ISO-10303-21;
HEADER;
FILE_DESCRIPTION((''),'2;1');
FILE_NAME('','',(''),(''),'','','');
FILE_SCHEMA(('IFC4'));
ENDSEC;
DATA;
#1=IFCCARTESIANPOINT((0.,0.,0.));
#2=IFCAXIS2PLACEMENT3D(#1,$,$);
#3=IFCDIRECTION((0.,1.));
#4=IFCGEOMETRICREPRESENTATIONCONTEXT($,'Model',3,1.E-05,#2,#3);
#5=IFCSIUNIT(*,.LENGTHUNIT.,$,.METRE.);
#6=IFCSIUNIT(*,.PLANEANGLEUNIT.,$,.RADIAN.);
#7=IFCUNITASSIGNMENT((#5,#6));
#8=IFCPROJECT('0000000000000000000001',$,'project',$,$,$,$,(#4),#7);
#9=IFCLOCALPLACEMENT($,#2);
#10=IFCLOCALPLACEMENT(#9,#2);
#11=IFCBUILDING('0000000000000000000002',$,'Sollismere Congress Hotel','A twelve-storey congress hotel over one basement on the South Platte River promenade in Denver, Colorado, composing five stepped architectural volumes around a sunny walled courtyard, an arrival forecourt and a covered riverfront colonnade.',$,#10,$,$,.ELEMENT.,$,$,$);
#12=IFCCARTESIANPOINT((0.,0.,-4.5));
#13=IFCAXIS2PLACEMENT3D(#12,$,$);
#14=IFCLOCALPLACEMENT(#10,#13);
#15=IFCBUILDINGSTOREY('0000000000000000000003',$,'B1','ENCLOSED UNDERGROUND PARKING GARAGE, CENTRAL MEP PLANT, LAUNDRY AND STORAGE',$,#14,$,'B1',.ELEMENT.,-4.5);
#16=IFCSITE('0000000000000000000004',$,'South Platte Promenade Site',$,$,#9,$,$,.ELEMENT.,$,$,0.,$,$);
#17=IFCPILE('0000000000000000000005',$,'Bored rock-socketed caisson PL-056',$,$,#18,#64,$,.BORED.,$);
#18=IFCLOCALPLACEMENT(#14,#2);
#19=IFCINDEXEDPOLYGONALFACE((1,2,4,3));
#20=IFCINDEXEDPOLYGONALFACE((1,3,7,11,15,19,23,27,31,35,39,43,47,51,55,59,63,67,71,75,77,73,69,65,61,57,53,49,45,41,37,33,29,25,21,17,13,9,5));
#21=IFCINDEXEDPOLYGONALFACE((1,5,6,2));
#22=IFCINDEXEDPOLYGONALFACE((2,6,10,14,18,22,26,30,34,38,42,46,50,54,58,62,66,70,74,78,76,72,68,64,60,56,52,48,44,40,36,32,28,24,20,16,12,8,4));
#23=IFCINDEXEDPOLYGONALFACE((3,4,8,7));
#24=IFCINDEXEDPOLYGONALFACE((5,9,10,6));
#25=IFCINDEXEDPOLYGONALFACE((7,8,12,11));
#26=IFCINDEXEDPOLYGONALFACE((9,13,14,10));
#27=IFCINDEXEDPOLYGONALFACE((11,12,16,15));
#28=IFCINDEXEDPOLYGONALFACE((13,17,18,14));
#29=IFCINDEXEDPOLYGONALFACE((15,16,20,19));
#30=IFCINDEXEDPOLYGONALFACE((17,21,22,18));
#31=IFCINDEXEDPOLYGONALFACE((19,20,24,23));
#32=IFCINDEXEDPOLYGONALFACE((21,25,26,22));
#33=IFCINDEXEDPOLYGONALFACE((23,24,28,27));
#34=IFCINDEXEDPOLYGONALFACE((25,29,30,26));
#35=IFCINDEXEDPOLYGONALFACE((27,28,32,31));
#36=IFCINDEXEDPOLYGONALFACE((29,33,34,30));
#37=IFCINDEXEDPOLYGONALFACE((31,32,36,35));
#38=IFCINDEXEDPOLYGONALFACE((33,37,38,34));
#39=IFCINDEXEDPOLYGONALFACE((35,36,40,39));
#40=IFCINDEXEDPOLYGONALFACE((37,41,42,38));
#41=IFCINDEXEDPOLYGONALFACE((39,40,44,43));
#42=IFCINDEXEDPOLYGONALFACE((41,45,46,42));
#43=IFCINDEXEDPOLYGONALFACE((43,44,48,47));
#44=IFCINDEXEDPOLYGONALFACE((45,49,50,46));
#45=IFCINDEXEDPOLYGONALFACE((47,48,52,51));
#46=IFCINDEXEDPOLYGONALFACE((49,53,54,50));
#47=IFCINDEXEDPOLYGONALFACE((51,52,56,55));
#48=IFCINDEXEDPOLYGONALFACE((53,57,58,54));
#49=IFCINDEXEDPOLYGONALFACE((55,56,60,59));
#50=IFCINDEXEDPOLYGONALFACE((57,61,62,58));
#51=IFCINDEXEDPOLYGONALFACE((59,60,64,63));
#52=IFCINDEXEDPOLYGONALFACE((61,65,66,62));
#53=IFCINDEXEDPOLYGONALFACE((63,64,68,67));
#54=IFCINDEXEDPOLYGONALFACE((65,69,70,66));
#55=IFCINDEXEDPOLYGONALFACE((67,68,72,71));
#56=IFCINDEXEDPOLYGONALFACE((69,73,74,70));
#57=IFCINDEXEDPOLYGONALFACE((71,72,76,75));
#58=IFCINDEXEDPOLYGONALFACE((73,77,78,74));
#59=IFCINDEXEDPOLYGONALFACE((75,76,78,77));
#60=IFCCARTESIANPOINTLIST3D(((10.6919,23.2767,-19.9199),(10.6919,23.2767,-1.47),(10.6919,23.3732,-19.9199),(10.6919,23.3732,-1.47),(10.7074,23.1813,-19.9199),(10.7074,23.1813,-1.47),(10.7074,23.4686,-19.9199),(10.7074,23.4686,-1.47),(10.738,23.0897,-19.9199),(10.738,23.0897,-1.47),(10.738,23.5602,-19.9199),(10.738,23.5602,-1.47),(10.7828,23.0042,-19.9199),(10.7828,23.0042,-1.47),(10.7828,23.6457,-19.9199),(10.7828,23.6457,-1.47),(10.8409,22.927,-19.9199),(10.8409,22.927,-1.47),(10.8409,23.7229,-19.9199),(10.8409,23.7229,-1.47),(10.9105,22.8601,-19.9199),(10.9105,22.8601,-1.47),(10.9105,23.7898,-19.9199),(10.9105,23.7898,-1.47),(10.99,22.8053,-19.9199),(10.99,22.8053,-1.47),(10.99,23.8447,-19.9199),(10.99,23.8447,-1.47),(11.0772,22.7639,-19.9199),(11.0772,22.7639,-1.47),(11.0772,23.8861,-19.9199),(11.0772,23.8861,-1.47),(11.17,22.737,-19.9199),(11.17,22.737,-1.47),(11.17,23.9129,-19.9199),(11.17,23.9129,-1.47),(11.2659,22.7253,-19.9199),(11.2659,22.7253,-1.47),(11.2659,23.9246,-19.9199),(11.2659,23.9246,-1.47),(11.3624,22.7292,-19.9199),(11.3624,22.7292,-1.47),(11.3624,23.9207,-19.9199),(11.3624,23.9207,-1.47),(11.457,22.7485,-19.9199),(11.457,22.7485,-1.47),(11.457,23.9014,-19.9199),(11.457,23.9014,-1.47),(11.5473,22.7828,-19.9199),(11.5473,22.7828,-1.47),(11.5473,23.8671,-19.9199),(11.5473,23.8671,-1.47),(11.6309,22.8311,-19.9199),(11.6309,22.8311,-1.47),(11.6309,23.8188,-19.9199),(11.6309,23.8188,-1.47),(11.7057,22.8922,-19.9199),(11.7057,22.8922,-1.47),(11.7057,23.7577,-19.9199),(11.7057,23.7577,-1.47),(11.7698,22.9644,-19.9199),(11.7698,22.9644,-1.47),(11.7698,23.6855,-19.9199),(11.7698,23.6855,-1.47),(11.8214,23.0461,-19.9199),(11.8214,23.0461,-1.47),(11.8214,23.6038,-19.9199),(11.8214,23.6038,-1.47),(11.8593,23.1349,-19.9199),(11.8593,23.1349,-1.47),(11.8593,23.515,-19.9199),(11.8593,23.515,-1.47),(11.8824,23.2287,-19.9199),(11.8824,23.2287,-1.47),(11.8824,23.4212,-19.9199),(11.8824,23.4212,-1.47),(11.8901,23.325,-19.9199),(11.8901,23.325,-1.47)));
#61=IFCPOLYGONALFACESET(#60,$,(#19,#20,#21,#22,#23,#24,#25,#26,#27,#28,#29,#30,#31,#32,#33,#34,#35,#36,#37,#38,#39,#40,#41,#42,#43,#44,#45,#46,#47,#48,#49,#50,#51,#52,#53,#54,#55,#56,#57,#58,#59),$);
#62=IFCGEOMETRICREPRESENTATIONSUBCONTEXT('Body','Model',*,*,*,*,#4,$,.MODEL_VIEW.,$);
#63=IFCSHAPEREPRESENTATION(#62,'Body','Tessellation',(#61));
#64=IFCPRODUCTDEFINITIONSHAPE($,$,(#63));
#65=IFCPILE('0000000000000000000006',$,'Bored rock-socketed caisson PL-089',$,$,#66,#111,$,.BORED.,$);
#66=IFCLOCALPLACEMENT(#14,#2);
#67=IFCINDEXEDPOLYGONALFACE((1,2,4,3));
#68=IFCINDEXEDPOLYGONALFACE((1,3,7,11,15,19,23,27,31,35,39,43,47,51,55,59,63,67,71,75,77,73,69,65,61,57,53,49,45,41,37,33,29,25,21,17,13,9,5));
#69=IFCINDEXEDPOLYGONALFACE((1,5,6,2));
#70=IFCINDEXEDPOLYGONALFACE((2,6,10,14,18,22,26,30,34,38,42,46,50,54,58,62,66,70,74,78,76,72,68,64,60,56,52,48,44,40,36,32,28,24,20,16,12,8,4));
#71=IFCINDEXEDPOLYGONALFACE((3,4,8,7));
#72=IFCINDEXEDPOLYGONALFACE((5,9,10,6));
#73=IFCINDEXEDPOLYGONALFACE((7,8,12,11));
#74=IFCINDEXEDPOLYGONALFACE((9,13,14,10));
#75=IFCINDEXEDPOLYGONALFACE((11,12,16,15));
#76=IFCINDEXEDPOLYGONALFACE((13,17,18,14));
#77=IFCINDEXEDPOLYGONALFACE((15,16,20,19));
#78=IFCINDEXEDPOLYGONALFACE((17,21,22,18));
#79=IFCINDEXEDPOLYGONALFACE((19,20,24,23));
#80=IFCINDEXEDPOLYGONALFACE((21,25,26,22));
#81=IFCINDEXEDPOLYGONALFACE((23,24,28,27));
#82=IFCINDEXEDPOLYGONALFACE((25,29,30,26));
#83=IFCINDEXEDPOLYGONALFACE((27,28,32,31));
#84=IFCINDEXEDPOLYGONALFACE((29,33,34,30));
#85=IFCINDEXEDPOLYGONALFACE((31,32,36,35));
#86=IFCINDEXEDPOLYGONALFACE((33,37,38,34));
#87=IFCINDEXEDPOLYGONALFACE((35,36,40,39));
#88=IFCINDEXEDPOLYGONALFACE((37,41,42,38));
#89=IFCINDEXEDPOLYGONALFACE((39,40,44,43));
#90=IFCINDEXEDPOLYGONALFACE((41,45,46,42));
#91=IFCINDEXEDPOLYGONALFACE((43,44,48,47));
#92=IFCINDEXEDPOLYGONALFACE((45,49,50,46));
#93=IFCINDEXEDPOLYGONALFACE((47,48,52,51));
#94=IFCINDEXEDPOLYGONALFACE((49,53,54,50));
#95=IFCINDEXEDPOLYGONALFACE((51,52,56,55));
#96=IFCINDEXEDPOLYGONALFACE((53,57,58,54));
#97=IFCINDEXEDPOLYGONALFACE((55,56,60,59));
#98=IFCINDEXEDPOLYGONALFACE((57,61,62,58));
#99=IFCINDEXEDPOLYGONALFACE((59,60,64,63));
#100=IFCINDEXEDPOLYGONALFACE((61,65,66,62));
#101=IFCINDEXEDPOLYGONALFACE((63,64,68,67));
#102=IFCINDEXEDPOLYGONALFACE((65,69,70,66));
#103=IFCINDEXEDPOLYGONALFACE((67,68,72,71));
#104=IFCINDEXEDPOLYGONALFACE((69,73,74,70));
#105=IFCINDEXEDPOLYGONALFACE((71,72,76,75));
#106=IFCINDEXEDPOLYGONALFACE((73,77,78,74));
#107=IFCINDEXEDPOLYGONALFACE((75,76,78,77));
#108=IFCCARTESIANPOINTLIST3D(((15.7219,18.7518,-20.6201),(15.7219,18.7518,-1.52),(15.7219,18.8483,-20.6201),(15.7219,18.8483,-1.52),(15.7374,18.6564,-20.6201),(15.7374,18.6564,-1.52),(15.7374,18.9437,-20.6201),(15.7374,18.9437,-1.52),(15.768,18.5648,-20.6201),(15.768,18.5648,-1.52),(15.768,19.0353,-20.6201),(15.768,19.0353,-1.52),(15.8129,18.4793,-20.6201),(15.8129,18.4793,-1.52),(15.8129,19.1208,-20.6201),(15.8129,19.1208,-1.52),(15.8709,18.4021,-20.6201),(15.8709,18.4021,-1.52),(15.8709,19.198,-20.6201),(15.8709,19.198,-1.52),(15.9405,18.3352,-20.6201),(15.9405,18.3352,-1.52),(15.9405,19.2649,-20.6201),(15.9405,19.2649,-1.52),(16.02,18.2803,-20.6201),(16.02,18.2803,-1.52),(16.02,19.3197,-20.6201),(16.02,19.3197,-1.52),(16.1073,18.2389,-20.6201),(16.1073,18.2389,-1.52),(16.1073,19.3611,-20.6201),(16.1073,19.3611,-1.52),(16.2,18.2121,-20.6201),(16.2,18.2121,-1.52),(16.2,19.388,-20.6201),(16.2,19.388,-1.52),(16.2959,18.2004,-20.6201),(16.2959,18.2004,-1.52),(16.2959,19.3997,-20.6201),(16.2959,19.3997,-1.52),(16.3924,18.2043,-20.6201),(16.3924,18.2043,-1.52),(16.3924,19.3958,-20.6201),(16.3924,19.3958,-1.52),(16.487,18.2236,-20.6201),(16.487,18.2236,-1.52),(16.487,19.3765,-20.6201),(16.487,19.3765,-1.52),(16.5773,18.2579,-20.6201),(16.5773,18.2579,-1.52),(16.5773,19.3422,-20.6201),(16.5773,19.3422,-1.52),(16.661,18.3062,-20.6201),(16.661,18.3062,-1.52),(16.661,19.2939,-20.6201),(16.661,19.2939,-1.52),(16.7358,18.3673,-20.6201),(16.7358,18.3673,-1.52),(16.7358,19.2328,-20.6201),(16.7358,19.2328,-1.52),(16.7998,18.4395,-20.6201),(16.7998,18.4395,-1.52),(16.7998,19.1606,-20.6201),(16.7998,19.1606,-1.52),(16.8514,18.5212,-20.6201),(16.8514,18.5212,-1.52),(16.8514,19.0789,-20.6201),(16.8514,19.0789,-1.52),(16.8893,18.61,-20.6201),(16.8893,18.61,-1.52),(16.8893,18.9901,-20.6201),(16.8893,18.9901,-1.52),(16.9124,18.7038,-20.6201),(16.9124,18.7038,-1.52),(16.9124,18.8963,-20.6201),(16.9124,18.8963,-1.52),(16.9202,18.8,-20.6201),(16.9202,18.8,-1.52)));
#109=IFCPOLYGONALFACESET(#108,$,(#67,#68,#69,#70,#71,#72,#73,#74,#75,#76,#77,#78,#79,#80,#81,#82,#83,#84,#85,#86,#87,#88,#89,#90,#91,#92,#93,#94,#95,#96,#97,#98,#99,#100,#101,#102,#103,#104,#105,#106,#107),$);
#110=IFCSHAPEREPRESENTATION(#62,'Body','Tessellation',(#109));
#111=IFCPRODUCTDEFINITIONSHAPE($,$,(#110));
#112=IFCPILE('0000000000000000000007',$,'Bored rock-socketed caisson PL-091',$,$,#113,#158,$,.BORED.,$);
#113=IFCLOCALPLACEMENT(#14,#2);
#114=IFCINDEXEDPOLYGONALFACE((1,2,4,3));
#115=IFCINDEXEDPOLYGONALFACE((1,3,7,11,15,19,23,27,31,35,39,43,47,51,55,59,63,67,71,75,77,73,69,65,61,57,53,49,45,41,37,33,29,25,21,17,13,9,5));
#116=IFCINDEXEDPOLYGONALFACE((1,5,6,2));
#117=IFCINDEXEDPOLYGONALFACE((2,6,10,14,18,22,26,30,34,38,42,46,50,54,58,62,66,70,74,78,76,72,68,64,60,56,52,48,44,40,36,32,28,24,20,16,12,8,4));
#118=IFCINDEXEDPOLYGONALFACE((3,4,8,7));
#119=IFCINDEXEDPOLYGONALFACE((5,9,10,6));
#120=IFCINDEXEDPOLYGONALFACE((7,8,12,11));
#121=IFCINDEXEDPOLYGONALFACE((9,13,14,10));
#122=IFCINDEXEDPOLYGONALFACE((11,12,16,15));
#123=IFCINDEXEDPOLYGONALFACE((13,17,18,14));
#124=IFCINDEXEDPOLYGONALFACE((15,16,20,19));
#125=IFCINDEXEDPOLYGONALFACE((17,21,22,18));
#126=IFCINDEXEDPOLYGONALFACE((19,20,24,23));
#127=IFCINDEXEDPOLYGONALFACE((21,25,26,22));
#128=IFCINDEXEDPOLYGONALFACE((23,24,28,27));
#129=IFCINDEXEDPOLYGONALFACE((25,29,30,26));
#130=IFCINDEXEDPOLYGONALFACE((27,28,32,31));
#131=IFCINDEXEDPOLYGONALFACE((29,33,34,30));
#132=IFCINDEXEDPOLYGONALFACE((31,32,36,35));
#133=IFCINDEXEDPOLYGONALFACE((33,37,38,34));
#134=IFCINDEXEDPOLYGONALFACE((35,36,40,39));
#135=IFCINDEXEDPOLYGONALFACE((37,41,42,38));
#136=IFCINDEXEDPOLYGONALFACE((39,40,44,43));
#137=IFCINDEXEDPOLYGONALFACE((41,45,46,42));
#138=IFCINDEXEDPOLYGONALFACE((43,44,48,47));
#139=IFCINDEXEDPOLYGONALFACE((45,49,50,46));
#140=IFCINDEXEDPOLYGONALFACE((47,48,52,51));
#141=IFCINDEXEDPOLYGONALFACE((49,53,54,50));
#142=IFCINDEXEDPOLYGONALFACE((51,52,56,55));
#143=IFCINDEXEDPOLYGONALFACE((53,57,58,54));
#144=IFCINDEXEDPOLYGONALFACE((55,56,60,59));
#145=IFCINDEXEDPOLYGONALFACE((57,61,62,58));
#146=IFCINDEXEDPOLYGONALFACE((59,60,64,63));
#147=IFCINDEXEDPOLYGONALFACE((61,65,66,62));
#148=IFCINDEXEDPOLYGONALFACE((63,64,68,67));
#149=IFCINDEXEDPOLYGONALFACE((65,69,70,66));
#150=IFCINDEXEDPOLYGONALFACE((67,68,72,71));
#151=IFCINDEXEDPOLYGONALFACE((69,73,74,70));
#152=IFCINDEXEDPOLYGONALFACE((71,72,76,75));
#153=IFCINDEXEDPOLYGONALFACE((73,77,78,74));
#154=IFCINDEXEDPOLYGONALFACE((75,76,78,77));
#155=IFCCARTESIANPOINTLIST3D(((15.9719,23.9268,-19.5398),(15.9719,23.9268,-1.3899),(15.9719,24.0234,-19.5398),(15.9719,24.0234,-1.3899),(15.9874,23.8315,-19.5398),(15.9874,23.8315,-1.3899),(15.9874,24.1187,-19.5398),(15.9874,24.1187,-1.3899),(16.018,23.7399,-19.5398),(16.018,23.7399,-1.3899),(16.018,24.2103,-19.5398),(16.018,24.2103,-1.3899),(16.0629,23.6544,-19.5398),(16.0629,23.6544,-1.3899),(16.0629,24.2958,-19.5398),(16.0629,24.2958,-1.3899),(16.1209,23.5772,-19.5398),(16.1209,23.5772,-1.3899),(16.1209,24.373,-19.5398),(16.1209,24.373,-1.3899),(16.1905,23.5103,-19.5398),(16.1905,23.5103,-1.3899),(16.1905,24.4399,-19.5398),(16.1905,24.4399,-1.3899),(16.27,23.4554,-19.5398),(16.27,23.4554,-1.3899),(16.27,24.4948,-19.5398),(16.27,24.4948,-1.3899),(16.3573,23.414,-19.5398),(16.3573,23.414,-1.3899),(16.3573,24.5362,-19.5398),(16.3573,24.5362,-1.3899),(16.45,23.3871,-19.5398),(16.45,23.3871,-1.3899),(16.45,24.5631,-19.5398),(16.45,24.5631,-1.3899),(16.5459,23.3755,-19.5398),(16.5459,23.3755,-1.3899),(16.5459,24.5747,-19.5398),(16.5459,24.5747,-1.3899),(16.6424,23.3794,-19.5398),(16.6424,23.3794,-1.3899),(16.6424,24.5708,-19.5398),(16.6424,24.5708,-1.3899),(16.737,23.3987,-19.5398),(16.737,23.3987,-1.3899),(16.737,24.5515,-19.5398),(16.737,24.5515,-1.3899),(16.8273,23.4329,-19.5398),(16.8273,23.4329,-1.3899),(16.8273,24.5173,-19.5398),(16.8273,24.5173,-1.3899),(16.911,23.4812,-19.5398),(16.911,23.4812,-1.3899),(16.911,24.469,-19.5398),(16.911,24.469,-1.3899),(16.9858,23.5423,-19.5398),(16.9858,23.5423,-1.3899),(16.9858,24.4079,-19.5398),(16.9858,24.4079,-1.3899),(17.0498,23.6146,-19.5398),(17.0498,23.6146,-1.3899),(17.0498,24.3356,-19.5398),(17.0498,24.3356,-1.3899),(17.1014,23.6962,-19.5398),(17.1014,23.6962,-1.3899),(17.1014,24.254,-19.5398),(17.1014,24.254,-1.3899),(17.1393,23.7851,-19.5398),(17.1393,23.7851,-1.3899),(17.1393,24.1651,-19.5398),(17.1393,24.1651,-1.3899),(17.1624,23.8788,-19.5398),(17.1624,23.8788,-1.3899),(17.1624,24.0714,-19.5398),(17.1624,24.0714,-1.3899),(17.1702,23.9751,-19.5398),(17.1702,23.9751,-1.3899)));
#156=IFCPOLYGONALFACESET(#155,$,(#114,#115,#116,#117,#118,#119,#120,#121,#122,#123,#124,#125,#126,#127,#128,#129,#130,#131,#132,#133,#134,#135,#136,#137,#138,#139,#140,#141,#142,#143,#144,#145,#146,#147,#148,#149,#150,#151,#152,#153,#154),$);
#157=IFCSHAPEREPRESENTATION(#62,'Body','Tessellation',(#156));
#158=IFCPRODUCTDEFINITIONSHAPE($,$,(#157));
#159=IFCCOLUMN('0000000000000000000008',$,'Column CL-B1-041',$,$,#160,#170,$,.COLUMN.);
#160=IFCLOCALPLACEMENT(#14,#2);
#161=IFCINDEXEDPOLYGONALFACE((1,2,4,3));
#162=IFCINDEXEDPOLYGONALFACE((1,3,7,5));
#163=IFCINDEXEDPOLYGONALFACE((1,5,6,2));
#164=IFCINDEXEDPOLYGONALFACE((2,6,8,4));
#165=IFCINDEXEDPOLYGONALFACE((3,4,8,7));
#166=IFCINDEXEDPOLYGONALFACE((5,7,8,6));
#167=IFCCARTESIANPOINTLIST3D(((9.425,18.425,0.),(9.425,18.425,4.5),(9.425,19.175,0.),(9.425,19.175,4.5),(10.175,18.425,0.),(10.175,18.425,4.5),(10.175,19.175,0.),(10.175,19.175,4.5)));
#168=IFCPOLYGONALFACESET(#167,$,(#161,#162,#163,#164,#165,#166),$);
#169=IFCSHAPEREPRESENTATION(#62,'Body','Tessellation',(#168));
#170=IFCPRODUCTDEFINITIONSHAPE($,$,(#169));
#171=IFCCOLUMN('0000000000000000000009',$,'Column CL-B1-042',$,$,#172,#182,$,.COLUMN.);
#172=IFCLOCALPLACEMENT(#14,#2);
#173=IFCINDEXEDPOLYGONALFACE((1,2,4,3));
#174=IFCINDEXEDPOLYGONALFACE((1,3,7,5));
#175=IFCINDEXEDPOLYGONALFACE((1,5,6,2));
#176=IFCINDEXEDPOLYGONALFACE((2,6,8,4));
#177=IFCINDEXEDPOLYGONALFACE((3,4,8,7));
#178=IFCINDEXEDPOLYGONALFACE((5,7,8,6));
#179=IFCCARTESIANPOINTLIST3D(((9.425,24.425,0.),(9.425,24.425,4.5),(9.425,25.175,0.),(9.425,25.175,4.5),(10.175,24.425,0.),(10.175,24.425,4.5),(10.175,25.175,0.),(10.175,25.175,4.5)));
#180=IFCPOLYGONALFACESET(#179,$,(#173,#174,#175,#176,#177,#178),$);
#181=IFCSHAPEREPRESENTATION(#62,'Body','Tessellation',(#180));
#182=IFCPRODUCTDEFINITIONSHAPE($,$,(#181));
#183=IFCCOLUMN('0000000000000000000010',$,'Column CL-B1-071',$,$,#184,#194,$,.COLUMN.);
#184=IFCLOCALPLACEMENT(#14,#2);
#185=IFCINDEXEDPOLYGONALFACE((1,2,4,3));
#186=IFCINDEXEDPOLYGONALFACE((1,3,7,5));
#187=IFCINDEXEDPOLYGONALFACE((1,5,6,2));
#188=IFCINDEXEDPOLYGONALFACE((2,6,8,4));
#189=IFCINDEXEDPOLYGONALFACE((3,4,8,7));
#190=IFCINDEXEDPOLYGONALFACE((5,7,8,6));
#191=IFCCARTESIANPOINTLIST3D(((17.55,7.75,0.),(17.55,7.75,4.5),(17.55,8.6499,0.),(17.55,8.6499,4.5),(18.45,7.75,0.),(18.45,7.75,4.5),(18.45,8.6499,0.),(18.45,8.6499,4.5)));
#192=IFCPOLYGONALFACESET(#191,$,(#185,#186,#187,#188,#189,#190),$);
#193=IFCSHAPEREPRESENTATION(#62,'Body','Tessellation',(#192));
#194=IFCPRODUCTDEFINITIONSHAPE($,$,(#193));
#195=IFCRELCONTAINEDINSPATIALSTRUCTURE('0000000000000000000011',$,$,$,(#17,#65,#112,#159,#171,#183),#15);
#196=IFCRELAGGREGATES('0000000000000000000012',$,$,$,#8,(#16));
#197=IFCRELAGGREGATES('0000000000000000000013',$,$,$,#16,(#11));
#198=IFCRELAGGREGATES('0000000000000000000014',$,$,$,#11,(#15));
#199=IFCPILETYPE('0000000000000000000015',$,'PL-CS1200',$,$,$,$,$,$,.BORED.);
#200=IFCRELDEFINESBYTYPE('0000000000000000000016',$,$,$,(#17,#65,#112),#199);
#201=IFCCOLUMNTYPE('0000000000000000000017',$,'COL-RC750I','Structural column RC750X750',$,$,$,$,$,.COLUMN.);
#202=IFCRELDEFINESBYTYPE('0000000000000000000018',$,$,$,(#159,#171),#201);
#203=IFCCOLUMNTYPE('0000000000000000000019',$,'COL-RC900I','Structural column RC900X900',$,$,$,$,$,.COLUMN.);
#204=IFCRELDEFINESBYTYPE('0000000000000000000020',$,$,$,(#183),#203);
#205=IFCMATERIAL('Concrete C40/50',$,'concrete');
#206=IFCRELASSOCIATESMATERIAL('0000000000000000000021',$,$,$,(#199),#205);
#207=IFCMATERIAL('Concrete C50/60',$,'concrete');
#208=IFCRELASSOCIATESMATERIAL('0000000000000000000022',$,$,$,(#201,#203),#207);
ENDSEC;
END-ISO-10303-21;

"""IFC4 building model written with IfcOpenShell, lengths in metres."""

from ifc_helpers import new_model, si_unit, direction, frame, origin, origin_2d, place, context, subcontext, project, spatial, rectangle, circle, extrude, material, material_profile, profile_set, type_object, element, save


model = new_model("IFC4")

# Units and contexts
model_context = context("Model", 3, precision=1e-05, world=origin(), true_north=direction((0.0, 1.0)))
body_context = subcontext(model_context, "Body", "Model", "MODEL_VIEW")
ifc_project = project(units=[si_unit("LENGTHUNIT", "METRE"), si_unit("PLANEANGLEUNIT", "RADIAN")], contexts=[model_context])

# Site, building, storey
site_placement = place(None, origin())
site = spatial("IfcSite", under=ifc_project, at=site_placement, Name="South Platte Promenade Site", CompositionType="ELEMENT", RefElevation=0.0)
building_placement = place(site_placement, origin())
building = spatial("IfcBuilding", under=site, at=building_placement, Name="Sollismere Congress Hotel", Description="A twelve-storey congress hotel over one basement on the South Platte River promenade in Denver, Colorado, composing five stepped architectural volumes around a sunny walled courtyard, an arrival forecourt and a covered riverfront colonnade.", CompositionType="ELEMENT")
storey_placement = place(building_placement, frame((0.0, 0.0, -4.5)))
storey = spatial("IfcBuildingStorey", under=building, at=storey_placement, Name="B1", Description="ENCLOSED UNDERGROUND PARKING GARAGE, CENTRAL MEP PLANT, LAUNDRY AND STORAGE", LongName="B1", CompositionType="ELEMENT", Elevation=-4.5)

# Shared definitions
ifc_material_1 = material(Name="Concrete C40/50", Category="concrete")

# Piles
ifc_material_profile_1 = material_profile(ifc_material_1, circle(Radius=0.6001, at=origin_2d()), Name="CAISSON1200")
ifc_profile_set_1 = profile_set([ifc_material_profile_1], Name="Concrete C40/50")
pile_type = type_object("IfcPileType", Name="PL-CS1200", PredefinedType="BORED", material=ifc_profile_set_1)
for number, where, z_axis, x_axis, name in (
    (1, (11.29, 23.325, -1.47), (0.0, 0.0, -1.0), (1.0, 0.0, 0.0), "Bored rock-socketed caisson PL-056"),
):
    element("IfcPile", number, at=place(storey_placement, frame(where, z_axis=z_axis, x_axis=x_axis)), inside=storey, type_object=pile_type, Name=name, PredefinedType="BORED", context=body_context, shape_type="SweptSolid", body=[
        extrude(circle(Radius=0.6001, at=origin_2d()), origin(), (0.0, 0.0, 1.0), 18.45),
    ])
pile_1_placement = place(storey_placement, frame((16.3201, 18.8, -1.52), z_axis=(0.0, 0.0, -1.0), x_axis=(1.0, 0.0, 0.0)))
element("IfcPile", 2, at=pile_1_placement, inside=storey, type_object=pile_type, Name="Bored rock-socketed caisson PL-089", PredefinedType="BORED", context=body_context, shape_type="SweptSolid", body=[
    extrude(circle(Radius=0.6001, at=origin_2d()), origin(), (0.0, 0.0, 1.0), 19.1001),
])
pile_2_placement = place(storey_placement, frame((16.5701, 23.9751, -1.3899), z_axis=(0.0, 0.0, -1.0), x_axis=(1.0, 0.0, 0.0)))
element("IfcPile", 3, at=pile_2_placement, inside=storey, type_object=pile_type, Name="Bored rock-socketed caisson PL-091", PredefinedType="BORED", context=body_context, shape_type="SweptSolid", body=[
    extrude(circle(Radius=0.6001, at=origin_2d()), origin(), (0.0, 0.0, 1.0), 18.1499),
])

# Columns
ifc_material_2 = material(Name="Concrete C50/60", Category="concrete")
ifc_material_profile_2 = material_profile(ifc_material_2, rectangle(XDim=0.75, YDim=0.75, at=origin_2d()), Name="RC750X750")
ifc_profile_set_2 = profile_set([ifc_material_profile_2], Name="Concrete C50/60")
column_type_1 = type_object("IfcColumnType", Name="COL-RC750I", Description="Structural column RC750X750", PredefinedType="COLUMN", material=ifc_profile_set_2)
for number, where, z_axis, x_axis, name in (
    (4, (9.8, 18.8, 0.0), (0.0, 0.0, 1.0), (0.0, 1.0, 0.0), "Column CL-B1-041"),
    (5, (9.8, 24.8, 0.0), (0.0, 0.0, 1.0), (0.0, 1.0, 0.0), "Column CL-B1-042"),
):
    element("IfcColumn", number, at=place(storey_placement, frame(where, z_axis=z_axis, x_axis=x_axis)), inside=storey, type_object=column_type_1, Name=name, PredefinedType="COLUMN", context=body_context, shape_type="SweptSolid", body=[
        extrude(rectangle(XDim=0.75, YDim=0.75, at=origin_2d()), origin(), (0.0, 0.0, 1.0), 4.5),
    ])
ifc_material_profile_3 = material_profile(ifc_material_2, rectangle(XDim=0.8999, YDim=0.8999, at=origin_2d()), Name="RC900X900")
ifc_profile_set_3 = profile_set([ifc_material_profile_3], Name="Concrete C50/60")
column_type_2 = type_object("IfcColumnType", Name="COL-RC900I", Description="Structural column RC900X900", PredefinedType="COLUMN", material=ifc_profile_set_3)
column_placement = place(storey_placement, frame((18.0, 8.2, 0.0), z_axis=(0.0, 0.0, 1.0), x_axis=(1.0, 0.0, 0.0)))
element("IfcColumn", 6, at=column_placement, inside=storey, type_object=column_type_2, Name="Column CL-B1-071", PredefinedType="COLUMN", context=body_context, shape_type="SweptSolid", body=[
    extrude(rectangle(XDim=0.8999, YDim=0.8999, at=origin_2d()), origin(), (0.0, 0.0, 1.0), 4.5),
])

save(model, "model.ifc")
